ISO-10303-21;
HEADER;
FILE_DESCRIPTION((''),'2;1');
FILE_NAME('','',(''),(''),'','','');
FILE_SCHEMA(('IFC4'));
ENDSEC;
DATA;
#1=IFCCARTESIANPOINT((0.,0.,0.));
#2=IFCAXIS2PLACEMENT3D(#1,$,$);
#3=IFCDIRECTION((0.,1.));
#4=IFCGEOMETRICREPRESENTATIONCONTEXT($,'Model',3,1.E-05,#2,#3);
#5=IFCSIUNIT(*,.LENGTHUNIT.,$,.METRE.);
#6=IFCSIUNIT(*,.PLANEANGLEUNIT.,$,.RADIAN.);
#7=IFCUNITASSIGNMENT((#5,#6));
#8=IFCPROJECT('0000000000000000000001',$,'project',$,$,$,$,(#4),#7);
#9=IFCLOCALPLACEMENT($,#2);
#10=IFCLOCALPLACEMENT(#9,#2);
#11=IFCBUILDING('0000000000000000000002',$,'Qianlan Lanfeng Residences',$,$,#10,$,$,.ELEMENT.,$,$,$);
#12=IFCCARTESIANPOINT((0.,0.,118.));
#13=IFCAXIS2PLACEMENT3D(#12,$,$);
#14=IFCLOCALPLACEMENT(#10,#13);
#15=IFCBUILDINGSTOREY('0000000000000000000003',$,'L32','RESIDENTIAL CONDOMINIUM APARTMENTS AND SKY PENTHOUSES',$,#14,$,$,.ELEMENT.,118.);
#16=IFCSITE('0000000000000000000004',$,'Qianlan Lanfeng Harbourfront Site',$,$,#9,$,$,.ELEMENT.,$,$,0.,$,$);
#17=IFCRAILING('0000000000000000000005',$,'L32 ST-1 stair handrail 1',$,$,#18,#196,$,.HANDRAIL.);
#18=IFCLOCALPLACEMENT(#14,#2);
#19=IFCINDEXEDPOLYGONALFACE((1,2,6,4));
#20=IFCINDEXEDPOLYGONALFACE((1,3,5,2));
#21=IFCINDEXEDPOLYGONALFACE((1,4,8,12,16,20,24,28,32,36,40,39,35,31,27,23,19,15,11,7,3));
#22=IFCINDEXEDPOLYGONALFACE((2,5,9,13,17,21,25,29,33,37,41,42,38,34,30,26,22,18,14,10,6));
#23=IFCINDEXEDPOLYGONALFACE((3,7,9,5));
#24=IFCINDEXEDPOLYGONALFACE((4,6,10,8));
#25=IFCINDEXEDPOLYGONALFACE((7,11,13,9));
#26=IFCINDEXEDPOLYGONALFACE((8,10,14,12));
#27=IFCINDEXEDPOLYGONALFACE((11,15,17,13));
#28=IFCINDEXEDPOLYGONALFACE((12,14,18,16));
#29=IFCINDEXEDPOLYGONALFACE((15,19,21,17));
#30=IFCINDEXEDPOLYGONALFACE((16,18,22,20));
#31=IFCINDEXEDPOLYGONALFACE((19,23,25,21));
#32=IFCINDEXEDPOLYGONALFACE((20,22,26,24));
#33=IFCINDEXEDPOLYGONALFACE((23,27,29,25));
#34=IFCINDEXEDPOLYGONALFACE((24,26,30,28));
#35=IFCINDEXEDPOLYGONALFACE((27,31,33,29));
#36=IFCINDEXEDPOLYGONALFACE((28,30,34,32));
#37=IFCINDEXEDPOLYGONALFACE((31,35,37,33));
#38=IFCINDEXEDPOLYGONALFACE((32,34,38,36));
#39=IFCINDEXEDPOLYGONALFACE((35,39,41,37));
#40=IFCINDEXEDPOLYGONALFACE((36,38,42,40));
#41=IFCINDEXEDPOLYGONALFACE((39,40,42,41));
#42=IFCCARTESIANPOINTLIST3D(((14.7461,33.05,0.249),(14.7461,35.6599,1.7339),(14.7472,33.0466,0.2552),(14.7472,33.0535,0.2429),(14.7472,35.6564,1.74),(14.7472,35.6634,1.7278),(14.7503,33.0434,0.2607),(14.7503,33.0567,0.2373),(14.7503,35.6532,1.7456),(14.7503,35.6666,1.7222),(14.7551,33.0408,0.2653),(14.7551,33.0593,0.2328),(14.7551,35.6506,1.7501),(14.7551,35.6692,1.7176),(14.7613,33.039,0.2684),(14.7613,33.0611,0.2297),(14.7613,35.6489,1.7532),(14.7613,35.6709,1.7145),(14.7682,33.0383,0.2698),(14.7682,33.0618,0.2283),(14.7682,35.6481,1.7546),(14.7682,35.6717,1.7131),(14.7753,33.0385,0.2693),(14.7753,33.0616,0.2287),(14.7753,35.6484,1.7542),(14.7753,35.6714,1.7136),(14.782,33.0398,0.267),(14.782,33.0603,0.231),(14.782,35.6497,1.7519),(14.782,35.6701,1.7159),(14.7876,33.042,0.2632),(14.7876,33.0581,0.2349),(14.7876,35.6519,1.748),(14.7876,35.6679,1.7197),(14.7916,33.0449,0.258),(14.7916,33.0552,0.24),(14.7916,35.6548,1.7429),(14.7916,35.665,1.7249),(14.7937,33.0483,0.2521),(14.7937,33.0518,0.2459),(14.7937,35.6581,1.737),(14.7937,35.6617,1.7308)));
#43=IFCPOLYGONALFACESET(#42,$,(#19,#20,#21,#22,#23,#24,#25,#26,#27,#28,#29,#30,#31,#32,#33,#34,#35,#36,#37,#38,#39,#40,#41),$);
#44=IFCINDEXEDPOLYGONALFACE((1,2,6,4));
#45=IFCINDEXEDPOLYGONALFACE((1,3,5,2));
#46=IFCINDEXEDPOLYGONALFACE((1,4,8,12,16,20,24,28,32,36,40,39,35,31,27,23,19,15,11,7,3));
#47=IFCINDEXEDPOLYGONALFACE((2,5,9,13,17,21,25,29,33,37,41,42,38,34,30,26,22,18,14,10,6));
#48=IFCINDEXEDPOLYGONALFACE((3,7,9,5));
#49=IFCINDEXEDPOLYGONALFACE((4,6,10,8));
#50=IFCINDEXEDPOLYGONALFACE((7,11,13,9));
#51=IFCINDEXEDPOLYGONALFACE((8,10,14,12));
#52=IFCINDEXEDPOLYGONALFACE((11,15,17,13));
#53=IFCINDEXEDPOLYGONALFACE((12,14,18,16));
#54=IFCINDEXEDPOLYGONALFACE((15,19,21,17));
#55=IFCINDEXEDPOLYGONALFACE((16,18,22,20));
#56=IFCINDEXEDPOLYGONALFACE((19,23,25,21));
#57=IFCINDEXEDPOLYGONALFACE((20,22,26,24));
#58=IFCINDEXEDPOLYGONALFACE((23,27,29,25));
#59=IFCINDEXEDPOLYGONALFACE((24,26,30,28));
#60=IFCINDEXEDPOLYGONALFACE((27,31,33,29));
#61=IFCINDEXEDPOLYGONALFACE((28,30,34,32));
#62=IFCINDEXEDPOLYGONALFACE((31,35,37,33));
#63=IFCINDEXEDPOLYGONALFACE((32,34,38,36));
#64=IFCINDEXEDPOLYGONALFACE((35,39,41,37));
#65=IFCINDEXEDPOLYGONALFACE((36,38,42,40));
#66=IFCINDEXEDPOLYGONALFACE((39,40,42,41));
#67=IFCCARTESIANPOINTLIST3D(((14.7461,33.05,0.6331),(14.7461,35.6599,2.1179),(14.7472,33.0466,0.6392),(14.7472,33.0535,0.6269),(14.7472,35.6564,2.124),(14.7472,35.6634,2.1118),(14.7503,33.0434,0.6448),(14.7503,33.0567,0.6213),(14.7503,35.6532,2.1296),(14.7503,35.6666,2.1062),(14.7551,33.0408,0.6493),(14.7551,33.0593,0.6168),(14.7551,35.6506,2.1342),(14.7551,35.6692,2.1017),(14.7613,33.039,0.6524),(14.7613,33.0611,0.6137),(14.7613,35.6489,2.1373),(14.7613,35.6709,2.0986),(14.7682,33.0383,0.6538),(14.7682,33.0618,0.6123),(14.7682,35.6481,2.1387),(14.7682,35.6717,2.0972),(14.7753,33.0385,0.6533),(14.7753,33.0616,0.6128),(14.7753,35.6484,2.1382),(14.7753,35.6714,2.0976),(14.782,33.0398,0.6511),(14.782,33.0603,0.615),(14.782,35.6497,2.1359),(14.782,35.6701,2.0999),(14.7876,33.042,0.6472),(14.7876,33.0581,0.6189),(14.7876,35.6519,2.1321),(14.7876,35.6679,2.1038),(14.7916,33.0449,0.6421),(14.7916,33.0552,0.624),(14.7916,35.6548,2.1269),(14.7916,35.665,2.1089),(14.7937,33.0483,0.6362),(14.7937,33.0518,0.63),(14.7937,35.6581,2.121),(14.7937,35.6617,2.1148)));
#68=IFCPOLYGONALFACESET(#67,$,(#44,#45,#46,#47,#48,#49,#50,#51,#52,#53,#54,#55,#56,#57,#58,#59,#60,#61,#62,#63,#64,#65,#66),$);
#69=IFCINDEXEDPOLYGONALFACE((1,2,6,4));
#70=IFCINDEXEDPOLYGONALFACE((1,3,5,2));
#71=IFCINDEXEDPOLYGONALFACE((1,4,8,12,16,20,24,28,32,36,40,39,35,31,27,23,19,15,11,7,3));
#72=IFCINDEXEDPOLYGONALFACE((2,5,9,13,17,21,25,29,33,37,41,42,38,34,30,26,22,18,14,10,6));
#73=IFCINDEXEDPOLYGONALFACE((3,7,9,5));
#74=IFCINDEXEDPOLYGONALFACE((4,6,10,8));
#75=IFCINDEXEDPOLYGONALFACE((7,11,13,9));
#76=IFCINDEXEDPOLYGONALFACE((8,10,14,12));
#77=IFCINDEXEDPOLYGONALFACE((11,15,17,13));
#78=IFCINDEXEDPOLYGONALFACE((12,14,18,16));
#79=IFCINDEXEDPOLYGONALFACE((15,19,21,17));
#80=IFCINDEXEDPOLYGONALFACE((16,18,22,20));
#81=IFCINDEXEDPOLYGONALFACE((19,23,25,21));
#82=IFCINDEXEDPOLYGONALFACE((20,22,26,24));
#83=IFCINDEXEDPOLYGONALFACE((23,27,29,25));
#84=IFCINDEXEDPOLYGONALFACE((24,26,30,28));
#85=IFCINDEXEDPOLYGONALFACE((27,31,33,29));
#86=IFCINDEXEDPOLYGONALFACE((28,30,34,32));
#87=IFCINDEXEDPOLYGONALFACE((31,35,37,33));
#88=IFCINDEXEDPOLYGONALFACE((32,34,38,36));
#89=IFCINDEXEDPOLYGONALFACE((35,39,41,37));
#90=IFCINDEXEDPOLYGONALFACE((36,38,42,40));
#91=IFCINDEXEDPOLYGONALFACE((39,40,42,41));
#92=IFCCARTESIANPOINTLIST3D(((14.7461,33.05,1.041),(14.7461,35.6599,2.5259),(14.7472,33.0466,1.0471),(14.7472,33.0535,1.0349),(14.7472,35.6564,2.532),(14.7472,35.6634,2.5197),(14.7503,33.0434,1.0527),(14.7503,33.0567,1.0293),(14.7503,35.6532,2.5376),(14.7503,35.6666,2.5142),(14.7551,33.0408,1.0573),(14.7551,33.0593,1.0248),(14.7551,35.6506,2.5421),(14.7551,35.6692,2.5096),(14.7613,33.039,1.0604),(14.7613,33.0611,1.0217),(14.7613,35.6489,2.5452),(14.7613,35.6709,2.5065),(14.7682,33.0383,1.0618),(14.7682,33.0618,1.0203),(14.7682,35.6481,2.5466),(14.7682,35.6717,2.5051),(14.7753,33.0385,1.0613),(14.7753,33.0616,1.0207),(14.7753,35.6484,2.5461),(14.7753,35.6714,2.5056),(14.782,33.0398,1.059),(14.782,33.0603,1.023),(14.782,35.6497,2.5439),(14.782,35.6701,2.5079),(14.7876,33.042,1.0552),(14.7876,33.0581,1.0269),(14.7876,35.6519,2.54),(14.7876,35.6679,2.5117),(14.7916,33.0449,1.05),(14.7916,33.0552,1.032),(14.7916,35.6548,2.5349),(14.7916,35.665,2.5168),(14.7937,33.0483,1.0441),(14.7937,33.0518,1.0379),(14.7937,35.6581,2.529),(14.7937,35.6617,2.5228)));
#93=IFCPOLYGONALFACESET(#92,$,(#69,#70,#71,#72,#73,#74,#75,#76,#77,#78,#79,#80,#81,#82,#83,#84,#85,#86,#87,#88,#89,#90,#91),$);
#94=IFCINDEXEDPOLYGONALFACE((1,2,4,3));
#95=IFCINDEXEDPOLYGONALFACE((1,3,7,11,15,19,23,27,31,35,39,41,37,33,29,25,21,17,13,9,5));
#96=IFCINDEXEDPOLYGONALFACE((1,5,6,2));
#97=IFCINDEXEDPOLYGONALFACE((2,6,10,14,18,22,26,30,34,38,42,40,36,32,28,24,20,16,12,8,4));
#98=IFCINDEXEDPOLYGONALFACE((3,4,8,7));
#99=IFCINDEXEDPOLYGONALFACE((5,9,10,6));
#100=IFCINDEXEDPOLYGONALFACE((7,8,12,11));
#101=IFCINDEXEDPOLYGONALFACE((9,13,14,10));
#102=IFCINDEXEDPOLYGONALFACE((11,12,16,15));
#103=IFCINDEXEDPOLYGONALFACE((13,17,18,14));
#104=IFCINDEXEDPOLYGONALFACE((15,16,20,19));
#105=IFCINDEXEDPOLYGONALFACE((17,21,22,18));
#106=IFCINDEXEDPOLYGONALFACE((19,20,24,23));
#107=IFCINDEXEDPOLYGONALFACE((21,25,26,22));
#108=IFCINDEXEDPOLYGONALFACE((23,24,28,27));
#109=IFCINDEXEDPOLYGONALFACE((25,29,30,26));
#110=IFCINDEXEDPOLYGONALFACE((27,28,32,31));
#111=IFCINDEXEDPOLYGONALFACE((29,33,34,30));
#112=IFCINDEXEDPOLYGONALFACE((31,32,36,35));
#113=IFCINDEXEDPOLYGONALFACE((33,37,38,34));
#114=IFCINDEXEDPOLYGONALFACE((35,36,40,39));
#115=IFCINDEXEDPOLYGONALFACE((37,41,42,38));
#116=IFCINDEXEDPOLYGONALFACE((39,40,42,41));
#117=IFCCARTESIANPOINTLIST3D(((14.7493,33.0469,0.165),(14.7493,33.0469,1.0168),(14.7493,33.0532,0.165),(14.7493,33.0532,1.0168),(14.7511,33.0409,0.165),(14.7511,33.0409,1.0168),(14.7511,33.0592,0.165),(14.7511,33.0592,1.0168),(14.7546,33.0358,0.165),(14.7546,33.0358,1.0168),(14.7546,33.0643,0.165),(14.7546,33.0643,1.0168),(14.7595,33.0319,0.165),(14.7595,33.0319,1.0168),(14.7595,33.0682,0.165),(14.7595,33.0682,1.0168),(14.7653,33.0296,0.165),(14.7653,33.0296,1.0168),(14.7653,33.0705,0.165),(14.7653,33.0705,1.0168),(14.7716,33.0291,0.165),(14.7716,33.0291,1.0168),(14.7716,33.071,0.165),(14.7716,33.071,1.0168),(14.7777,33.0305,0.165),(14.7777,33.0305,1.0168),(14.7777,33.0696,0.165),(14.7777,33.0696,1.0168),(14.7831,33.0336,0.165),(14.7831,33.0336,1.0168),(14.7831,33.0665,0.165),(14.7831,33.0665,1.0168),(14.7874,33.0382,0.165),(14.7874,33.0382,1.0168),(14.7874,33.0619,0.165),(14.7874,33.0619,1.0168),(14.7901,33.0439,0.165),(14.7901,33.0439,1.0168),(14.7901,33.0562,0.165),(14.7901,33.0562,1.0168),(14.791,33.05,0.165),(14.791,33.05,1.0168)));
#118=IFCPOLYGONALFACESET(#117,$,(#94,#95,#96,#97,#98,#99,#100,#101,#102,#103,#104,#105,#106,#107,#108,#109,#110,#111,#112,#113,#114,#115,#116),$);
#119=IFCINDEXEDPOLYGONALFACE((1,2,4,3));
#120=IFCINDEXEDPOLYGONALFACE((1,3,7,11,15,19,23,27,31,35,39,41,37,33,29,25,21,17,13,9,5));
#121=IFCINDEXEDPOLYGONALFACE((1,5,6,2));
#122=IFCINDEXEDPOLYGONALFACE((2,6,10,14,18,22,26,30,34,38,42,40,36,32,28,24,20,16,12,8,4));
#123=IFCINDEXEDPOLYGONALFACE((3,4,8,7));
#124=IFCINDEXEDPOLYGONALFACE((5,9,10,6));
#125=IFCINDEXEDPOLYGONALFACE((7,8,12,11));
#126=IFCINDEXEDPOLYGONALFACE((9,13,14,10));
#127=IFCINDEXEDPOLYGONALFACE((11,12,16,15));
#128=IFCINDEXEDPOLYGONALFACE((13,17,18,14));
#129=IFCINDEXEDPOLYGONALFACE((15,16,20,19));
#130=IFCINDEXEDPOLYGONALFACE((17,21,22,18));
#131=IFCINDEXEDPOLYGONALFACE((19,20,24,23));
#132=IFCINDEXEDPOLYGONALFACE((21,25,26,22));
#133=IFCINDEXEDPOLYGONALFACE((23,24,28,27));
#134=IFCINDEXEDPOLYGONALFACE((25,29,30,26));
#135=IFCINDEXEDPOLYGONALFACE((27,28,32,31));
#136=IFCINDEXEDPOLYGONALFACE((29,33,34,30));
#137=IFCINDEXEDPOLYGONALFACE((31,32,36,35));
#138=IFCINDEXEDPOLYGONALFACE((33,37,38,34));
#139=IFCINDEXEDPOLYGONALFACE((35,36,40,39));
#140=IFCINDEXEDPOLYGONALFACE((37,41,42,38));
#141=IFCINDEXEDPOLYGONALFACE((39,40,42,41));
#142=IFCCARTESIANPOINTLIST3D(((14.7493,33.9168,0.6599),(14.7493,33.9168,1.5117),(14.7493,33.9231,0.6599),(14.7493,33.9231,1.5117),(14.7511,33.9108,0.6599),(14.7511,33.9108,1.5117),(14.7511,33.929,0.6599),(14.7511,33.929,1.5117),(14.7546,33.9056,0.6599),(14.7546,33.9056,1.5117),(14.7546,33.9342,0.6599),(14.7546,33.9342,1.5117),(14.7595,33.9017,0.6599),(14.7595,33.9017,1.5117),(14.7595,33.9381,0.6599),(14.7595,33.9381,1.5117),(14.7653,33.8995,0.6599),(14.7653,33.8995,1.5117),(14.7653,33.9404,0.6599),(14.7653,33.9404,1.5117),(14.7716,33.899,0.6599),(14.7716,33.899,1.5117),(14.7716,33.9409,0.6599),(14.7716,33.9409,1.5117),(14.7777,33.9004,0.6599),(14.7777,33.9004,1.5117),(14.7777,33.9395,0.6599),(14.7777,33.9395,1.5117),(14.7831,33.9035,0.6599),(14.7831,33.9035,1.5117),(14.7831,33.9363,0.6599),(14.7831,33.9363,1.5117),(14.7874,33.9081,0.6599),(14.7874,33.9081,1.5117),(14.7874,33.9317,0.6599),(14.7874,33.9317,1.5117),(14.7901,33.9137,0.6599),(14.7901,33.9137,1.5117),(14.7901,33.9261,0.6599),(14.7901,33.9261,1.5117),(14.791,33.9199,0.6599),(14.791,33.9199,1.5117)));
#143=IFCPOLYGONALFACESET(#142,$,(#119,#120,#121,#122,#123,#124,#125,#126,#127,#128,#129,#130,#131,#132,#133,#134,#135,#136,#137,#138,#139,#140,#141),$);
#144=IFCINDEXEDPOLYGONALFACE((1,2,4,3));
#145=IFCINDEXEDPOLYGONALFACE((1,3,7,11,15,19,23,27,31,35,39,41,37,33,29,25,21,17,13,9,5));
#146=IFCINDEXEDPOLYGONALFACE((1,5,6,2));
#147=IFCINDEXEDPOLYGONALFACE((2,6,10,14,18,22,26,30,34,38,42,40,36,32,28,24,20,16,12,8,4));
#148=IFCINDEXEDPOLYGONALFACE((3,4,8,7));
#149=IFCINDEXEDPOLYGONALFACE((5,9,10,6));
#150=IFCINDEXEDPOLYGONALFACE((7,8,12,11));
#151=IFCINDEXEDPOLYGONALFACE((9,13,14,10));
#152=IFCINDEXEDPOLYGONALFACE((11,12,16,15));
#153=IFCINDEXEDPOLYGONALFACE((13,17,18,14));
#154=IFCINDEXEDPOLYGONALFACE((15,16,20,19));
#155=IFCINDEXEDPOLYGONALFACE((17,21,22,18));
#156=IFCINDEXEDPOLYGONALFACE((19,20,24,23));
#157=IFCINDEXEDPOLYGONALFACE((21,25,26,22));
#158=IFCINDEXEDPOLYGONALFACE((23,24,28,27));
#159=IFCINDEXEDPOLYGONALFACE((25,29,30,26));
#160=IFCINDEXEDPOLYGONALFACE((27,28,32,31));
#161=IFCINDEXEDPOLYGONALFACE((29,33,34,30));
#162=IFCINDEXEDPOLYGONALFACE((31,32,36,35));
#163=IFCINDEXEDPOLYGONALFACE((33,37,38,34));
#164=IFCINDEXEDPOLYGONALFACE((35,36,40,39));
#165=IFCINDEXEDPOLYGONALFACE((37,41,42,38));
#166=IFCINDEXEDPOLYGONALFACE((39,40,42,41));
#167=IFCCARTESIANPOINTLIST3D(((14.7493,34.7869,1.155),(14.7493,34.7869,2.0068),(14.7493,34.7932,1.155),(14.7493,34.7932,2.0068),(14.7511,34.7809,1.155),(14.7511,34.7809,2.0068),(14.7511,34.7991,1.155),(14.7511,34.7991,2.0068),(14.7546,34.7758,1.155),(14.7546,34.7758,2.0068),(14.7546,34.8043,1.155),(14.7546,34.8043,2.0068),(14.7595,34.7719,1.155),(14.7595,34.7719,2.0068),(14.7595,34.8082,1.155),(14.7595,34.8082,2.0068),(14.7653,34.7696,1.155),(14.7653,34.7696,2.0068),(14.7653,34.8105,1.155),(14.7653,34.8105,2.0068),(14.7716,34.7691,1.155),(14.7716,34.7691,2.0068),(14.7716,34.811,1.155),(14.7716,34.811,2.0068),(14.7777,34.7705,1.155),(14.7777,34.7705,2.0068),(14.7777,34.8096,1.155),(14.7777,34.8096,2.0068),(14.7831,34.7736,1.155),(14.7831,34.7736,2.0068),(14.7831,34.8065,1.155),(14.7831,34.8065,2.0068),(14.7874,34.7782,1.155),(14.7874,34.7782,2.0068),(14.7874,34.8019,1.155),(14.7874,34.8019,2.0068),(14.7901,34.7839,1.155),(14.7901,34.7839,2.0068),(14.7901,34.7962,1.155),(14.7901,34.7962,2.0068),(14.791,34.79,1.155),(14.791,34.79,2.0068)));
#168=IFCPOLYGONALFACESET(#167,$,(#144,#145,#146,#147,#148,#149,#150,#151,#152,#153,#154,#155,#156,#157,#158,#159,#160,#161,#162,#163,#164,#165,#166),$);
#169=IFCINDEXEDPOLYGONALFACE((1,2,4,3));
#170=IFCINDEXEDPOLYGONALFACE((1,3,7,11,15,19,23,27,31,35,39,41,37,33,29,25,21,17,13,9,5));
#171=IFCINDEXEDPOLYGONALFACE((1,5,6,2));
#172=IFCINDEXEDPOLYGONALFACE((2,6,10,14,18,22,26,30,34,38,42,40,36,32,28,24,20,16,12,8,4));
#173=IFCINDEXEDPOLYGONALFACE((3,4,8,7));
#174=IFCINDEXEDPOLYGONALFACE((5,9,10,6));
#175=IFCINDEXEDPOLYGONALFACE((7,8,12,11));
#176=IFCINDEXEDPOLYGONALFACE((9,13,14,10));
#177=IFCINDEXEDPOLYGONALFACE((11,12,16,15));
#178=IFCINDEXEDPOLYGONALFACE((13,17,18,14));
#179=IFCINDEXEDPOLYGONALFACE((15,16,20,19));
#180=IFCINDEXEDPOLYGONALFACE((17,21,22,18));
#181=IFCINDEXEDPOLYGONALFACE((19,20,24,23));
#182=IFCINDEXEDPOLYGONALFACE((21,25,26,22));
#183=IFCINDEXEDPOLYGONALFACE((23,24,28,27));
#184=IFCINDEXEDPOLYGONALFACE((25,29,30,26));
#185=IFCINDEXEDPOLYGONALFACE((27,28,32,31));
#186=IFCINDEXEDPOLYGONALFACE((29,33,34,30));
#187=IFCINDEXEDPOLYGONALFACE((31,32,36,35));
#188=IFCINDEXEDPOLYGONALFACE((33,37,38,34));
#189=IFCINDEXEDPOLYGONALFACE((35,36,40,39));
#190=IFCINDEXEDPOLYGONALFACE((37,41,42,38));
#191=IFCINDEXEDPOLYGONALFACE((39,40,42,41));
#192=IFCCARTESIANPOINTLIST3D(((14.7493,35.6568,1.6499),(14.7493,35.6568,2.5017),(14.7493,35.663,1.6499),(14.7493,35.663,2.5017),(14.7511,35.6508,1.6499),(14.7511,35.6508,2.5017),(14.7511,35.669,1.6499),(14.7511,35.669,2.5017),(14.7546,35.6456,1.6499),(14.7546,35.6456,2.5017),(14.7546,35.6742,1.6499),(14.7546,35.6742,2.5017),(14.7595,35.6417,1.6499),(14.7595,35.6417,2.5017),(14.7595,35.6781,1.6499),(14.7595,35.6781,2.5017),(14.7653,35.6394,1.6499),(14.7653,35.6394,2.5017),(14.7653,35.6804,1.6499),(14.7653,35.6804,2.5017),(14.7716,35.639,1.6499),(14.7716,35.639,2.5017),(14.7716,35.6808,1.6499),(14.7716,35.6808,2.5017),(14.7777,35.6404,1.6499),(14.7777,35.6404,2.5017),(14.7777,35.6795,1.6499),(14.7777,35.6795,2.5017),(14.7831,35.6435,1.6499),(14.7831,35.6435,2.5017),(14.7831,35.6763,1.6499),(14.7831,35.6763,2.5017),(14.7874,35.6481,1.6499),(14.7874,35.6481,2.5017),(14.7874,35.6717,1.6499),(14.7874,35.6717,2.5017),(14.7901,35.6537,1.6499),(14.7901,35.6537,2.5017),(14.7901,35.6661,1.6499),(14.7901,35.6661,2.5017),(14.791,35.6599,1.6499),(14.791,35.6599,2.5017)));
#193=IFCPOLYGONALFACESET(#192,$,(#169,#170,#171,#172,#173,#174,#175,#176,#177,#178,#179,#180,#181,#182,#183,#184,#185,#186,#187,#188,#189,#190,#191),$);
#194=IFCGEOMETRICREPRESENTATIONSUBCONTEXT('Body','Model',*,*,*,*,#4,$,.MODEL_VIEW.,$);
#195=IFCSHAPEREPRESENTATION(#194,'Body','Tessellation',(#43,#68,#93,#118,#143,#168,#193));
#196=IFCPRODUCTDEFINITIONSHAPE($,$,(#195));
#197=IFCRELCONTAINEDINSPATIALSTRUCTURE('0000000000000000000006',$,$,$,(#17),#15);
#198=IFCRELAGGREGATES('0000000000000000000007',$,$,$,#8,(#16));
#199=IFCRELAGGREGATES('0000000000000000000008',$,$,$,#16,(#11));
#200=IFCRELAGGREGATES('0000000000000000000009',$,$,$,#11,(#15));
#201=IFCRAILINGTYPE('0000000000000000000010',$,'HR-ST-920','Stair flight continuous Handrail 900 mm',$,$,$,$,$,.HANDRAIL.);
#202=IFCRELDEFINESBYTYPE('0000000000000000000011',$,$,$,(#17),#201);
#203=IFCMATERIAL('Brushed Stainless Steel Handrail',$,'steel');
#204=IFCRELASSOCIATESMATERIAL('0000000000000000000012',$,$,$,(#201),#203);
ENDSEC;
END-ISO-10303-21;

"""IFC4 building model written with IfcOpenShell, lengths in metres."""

from ifc_helpers import new_model, si_unit, direction, frame, origin, origin_2d, place, context, subcontext, project, spatial, circle, extrude, material, type_object, element, save


model = new_model("IFC4")

# Units and contexts
model_context = context("Model", 3, precision=1e-05, world=origin(), true_north=direction((0.0, 1.0)))
body_context = subcontext(model_context, "Body", "Model", "MODEL_VIEW")
ifc_project = project(units=[si_unit("LENGTHUNIT", "METRE"), si_unit("PLANEANGLEUNIT", "RADIAN")], contexts=[model_context])

# Site, building, storey
site_placement = place(None, origin())
site = spatial("IfcSite", under=ifc_project, at=site_placement, Name="Qianlan Lanfeng Harbourfront Site", CompositionType="ELEMENT", RefElevation=0.0)
building_placement = place(site_placement, origin())
building = spatial("IfcBuilding", under=site, at=building_placement, Name="Qianlan Lanfeng Residences", CompositionType="ELEMENT")
storey_placement = place(building_placement, frame((0.0, 0.0, 118.0)))
storey = spatial("IfcBuildingStorey", under=building, at=storey_placement, Name="L32", Description="RESIDENTIAL CONDOMINIUM APARTMENTS AND SKY PENTHOUSES", CompositionType="ELEMENT", Elevation=118.0)

# Railing
ifc_material_1 = material(Name="Brushed Stainless Steel Handrail", Category="steel")
railing_type_1 = type_object("IfcRailingType", Name="HR-ST-920", Description="Stair flight continuous Handrail 900 mm", PredefinedType="HANDRAIL", material=ifc_material_1)
railing_1_placement = place(storey_placement, frame((14.77, 33.05, 0.165)))
element("IfcRailing", 1, at=railing_1_placement, inside=storey, type_object=railing_type_1, Name="L32 ST-1 stair handrail 1", PredefinedType="HANDRAIL", context=body_context, shape_type="SweptSolid", body=[
    extrude(circle(Radius=0.0239, at=origin_2d()), frame((0.0, 0.0, 0.084), z_axis=(0.0, 0.869172, 0.494509), x_axis=(-1.0, 0.0, 0.0)), (0.0, 0.0, 1.0), 3.0027),
    extrude(circle(Radius=0.0239, at=origin_2d()), frame((0.0, 0.0, 0.468), z_axis=(0.0, 0.869172, 0.494509), x_axis=(-1.0, 0.0, 0.0)), (0.0, 0.0, 1.0), 3.0027),
    extrude(circle(Radius=0.0239, at=origin_2d()), frame((0.0, 0.0, 0.876), z_axis=(0.0, 0.869172, 0.494509), x_axis=(-1.0, 0.0, 0.0)), (0.0, 0.0, 1.0), 3.0027),
    extrude(circle(Radius=0.021, at=origin_2d()), origin(), (0.0, 0.0, 1.0), 0.8518),
    extrude(circle(Radius=0.021, at=origin_2d()), frame((0.0, 0.8699, 0.4949)), (0.0, 0.0, 1.0), 0.8518),
    extrude(circle(Radius=0.021, at=origin_2d()), frame((0.0, 1.74, 0.99)), (0.0, 0.0, 1.0), 0.8518),
    extrude(circle(Radius=0.021, at=origin_2d()), frame((0.0, 2.6099, 1.4849)), (0.0, 0.0, 1.0), 0.8518),
])

save(model, "model.ifc")
